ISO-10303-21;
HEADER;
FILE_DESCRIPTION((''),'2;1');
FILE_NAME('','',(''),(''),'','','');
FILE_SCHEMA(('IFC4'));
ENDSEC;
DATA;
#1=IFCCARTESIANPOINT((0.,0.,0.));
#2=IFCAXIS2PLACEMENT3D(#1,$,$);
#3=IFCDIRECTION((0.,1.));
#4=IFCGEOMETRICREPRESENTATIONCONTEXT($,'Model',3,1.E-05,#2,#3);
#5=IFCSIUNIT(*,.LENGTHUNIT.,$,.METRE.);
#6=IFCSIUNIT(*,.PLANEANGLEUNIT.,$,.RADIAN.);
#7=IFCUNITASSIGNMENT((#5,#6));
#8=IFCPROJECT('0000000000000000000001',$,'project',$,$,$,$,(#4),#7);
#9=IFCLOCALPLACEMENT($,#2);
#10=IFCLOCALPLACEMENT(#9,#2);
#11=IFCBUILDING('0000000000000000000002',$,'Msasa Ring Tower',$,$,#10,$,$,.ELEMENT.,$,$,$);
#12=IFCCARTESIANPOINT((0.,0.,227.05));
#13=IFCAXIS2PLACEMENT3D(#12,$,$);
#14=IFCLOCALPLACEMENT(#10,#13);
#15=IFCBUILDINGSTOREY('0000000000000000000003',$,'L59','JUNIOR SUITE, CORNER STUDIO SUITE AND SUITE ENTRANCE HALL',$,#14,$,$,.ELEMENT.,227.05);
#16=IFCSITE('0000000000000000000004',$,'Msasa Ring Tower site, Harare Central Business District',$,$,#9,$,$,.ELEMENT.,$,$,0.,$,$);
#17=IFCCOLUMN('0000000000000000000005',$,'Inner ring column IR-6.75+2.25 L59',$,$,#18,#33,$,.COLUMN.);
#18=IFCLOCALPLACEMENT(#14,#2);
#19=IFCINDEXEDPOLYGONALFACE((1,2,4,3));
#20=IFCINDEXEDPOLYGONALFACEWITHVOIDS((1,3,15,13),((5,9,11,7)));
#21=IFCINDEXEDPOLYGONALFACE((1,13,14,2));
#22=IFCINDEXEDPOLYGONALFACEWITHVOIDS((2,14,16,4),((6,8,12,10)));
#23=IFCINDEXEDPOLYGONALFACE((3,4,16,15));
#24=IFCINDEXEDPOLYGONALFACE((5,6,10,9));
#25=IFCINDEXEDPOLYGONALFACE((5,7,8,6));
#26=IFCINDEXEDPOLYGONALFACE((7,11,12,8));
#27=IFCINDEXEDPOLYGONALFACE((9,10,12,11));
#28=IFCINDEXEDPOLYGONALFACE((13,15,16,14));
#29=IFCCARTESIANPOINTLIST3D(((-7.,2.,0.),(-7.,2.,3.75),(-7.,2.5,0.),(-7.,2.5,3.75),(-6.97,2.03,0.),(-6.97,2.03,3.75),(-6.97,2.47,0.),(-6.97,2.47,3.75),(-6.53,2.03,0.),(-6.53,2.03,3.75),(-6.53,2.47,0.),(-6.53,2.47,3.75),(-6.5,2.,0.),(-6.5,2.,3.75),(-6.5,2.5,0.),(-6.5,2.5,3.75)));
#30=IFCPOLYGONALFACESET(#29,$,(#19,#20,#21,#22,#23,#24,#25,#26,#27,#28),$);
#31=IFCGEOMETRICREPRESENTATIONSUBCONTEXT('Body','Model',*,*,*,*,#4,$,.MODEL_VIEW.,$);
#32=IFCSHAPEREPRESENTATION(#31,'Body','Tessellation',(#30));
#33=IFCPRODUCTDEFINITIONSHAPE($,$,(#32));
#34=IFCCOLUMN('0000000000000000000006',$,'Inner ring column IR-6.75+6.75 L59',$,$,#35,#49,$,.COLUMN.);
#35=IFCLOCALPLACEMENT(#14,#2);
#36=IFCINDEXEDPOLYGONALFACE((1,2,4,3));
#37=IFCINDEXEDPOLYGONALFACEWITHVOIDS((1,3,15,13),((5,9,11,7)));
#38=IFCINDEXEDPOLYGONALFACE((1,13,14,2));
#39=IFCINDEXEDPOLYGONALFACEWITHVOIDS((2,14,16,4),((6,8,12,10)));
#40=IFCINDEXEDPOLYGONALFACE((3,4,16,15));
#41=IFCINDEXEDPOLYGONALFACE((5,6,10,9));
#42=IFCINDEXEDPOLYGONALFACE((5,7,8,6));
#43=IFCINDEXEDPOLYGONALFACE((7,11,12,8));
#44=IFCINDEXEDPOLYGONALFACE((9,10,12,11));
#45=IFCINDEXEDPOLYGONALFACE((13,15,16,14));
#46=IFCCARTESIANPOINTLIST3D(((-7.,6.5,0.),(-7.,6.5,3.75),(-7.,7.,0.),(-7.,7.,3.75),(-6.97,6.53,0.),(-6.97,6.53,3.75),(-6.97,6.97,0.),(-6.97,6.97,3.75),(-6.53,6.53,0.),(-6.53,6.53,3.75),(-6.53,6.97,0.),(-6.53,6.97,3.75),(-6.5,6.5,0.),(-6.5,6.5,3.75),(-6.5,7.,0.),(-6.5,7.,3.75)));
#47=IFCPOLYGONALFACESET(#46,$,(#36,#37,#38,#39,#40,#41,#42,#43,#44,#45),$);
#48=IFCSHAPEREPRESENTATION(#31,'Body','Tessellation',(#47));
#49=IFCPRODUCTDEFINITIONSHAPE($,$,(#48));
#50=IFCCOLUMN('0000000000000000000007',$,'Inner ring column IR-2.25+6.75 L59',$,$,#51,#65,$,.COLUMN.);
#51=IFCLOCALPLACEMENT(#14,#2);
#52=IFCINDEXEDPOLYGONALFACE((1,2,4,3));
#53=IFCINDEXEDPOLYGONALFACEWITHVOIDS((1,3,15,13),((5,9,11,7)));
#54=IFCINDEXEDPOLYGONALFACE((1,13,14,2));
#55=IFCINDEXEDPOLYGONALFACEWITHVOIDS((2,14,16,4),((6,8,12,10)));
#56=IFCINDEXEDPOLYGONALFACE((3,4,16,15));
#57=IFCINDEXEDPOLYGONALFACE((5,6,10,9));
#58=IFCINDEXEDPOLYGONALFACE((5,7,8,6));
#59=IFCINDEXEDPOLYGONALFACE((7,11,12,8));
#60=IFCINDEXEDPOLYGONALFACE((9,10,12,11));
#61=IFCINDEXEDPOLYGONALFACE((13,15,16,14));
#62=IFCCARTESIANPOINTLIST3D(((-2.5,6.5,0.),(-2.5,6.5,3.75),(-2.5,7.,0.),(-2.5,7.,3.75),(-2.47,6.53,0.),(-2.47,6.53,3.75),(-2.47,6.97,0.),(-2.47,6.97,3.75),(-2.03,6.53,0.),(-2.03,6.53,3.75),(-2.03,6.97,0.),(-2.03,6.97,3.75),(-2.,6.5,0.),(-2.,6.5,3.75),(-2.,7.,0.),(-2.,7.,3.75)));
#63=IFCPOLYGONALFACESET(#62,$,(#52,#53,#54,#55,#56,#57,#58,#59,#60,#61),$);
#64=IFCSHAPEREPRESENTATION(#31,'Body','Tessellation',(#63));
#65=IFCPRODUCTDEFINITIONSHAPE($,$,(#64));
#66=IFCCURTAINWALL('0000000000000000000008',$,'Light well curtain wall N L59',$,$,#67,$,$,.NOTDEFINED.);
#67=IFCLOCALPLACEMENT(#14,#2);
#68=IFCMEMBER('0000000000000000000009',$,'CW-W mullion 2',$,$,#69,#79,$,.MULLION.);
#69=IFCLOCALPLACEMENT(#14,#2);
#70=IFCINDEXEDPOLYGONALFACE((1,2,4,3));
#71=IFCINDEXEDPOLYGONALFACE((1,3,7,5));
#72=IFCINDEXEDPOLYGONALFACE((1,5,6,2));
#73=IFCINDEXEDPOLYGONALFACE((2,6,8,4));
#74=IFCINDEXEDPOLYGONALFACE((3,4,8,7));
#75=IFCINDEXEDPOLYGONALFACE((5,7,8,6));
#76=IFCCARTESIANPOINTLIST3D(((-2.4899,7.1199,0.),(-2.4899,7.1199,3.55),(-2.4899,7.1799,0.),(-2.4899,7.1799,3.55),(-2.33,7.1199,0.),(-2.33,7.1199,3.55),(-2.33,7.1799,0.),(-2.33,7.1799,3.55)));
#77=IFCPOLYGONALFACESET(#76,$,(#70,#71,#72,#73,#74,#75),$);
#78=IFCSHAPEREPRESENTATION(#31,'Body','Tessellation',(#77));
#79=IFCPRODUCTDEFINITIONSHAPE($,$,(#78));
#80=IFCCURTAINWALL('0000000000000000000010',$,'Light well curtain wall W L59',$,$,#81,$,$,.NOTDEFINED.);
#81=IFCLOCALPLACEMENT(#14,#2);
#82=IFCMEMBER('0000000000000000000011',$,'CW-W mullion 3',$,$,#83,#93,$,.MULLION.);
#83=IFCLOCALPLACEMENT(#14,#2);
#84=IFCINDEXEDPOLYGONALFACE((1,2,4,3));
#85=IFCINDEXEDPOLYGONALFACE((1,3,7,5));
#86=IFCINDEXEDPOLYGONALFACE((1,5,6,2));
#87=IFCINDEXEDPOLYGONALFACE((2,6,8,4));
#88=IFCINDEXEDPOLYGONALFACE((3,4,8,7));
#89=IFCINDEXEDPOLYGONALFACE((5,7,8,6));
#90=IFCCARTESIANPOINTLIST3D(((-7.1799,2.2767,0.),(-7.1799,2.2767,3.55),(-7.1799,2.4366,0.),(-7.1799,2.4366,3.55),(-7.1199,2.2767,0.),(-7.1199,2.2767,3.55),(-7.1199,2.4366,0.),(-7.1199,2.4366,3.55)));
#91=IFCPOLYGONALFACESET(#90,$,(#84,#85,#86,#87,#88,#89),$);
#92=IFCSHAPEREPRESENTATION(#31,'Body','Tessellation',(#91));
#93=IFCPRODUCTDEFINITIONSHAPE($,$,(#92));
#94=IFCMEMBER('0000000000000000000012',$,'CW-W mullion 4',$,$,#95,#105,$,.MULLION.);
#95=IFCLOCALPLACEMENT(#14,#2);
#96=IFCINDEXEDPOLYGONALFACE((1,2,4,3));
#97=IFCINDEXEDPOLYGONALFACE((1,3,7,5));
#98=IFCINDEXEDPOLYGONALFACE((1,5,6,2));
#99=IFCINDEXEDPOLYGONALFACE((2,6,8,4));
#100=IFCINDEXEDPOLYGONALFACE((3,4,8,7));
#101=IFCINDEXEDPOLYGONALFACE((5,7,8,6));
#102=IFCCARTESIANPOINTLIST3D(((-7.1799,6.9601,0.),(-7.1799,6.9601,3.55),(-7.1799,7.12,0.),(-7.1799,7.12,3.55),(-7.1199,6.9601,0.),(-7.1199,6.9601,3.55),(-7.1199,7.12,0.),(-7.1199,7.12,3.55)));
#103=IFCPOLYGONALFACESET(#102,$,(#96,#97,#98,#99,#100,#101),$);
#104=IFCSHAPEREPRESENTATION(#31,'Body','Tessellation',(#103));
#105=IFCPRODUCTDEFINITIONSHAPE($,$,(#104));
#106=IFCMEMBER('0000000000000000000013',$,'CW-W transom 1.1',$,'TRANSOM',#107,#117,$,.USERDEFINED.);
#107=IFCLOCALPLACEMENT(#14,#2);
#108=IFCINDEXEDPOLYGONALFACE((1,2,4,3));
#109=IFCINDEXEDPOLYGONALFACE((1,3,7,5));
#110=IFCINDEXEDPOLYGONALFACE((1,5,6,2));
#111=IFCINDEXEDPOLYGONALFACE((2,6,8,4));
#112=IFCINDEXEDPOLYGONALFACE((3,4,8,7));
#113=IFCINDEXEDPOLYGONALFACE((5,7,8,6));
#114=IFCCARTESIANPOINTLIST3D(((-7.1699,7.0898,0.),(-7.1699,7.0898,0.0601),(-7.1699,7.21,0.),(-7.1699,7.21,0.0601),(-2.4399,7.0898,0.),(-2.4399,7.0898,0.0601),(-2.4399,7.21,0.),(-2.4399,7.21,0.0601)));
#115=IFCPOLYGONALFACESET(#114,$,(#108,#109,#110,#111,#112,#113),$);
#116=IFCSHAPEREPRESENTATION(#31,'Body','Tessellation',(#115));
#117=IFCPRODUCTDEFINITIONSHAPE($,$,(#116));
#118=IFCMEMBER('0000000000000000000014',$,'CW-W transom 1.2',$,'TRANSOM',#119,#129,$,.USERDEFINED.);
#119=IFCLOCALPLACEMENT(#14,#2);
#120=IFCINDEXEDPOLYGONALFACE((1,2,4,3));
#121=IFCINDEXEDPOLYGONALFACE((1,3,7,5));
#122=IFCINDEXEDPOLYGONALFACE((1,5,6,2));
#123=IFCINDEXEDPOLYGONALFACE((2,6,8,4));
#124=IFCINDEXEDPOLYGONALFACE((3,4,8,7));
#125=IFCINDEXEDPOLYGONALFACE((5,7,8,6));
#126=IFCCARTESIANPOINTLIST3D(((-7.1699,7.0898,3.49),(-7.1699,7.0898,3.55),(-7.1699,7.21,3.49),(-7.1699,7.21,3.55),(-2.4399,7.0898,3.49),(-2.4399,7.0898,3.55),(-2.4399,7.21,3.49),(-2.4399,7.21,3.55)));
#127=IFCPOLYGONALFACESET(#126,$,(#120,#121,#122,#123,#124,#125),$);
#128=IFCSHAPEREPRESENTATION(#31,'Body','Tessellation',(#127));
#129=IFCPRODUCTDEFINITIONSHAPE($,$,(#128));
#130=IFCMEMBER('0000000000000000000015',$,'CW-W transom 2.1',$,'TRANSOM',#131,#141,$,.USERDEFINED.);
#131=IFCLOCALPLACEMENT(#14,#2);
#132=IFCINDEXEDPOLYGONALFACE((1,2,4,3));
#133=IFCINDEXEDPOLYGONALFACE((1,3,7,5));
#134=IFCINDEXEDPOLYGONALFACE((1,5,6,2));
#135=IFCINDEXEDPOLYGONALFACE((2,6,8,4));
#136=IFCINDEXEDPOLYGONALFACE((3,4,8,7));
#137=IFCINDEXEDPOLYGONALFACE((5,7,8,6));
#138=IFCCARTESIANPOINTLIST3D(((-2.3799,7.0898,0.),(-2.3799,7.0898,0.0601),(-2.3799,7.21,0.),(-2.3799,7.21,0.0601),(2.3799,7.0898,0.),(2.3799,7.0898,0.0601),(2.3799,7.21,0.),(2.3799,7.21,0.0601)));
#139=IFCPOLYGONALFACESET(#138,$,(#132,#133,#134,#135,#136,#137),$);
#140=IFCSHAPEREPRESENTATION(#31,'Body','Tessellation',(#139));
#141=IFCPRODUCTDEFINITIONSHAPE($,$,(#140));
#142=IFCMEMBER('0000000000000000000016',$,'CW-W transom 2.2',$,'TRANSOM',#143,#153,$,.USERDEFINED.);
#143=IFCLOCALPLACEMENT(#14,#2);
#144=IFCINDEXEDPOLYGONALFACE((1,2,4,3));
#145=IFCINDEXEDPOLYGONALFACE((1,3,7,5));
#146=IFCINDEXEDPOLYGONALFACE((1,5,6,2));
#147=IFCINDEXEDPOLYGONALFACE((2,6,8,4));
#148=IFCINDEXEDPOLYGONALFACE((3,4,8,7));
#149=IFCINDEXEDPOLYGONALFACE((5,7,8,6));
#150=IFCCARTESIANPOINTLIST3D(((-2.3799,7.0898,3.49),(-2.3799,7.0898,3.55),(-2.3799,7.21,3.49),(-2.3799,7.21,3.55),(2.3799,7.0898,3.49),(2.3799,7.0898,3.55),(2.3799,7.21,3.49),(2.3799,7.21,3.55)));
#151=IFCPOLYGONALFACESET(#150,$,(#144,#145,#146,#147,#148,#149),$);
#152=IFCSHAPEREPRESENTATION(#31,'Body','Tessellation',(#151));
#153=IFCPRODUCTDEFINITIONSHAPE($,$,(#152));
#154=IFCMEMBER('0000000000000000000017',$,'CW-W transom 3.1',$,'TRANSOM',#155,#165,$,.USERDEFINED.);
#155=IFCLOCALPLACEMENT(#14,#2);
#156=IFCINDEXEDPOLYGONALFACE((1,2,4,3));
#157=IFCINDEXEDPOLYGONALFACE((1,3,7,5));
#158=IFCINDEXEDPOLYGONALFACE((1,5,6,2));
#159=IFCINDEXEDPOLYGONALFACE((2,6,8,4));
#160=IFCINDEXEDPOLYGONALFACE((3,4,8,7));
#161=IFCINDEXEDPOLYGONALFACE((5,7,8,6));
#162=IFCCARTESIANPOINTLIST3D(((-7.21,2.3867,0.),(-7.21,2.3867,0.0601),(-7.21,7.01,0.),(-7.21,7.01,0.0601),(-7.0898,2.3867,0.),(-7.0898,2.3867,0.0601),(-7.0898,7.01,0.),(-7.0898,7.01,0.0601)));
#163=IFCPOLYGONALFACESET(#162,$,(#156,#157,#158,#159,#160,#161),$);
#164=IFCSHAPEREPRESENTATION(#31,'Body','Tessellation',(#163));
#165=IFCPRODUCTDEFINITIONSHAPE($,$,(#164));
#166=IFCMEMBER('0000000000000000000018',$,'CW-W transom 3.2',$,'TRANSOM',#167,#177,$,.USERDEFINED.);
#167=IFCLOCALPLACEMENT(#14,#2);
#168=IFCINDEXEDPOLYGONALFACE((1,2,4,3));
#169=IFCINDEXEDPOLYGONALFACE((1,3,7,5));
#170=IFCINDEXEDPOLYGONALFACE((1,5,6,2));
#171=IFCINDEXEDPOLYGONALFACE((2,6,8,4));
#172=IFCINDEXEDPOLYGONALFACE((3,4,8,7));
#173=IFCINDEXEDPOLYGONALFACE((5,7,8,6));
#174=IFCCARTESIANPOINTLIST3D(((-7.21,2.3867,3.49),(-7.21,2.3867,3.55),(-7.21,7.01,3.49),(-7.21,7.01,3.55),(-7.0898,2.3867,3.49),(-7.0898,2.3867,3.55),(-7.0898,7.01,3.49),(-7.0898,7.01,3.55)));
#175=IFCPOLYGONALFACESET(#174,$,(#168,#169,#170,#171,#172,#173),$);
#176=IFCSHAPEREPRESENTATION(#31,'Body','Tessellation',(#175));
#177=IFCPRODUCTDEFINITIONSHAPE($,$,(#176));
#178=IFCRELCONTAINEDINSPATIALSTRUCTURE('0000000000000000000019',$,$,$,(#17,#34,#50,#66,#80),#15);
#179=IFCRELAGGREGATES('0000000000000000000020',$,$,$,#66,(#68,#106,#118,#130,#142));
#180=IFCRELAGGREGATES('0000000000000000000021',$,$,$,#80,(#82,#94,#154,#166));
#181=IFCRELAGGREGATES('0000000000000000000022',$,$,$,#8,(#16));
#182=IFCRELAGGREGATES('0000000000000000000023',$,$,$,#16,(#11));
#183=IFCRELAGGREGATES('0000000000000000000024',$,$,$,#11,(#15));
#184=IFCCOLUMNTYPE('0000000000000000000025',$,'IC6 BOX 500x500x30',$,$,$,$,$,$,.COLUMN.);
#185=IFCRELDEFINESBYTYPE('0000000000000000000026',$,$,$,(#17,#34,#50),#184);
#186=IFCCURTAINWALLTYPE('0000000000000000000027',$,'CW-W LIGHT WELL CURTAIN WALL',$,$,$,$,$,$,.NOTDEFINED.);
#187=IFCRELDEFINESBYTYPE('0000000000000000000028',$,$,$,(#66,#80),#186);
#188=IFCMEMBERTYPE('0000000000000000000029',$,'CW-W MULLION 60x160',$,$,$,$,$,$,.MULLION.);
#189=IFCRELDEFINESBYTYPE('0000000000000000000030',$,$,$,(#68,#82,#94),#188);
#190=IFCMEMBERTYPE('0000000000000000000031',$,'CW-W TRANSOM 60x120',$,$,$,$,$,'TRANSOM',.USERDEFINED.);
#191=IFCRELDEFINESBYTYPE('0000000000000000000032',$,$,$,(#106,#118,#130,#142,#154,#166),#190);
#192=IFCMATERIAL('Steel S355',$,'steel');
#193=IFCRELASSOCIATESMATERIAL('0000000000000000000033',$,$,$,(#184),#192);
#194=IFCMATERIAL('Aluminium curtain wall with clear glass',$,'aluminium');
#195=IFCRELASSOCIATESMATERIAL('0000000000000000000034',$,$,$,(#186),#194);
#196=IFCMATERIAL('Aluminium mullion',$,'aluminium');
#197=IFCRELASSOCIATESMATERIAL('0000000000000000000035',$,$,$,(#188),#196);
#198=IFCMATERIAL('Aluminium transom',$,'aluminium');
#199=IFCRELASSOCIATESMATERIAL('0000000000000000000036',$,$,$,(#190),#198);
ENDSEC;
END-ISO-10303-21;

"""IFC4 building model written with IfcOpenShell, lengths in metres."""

from ifc_helpers import new_model, si_unit, direction, frame, origin, origin_2d, place, context, subcontext, project, spatial, rectangle, hollow_rectangle, extrude, material, material_profile, profile_set, type_object, element, aggregate, save


model = new_model("IFC4")

# Units and contexts
model_context = context("Model", 3, precision=1e-05, world=origin(), true_north=direction((0.0, 1.0)))
body_context = subcontext(model_context, "Body", "Model", "MODEL_VIEW")
ifc_project = project(units=[si_unit("LENGTHUNIT", "METRE"), si_unit("PLANEANGLEUNIT", "RADIAN")], contexts=[model_context])

# Site, building, storey
site_placement = place(None, origin())
site = spatial("IfcSite", under=ifc_project, at=site_placement, Name="Msasa Ring Tower site, Harare Central Business District", CompositionType="ELEMENT", RefElevation=0.0)
building_placement = place(site_placement, origin())
building = spatial("IfcBuilding", under=site, at=building_placement, Name="Msasa Ring Tower", CompositionType="ELEMENT")
storey_placement = place(building_placement, frame((0.0, 0.0, 227.05)))
storey = spatial("IfcBuildingStorey", under=building, at=storey_placement, Name="L59", Description="JUNIOR SUITE, CORNER STUDIO SUITE AND SUITE ENTRANCE HALL", CompositionType="ELEMENT", Elevation=227.05)

# Columns
ifc_material_1 = material(Name="Steel S355", Category="steel")
ifc_material_profile_1 = material_profile(ifc_material_1, hollow_rectangle(XDim=0.5, YDim=0.5, WallThickness=0.03, at=origin_2d()), Name="BOX 500x500x30")
ifc_profile_set_1 = profile_set([ifc_material_profile_1], Name="Steel S355")
column_type = type_object("IfcColumnType", Name="IC6 BOX 500x500x30", PredefinedType="COLUMN", material=ifc_profile_set_1)
for number, where, z_axis, x_axis, name in (
    (1, (-6.75, 2.25, 0.0), (0.0, 0.0, 1.0), (1.0, 0.0, 0.0), "Inner ring column IR-6.75+2.25 L59"),
    (2, (-6.75, 6.75, 0.0), (0.0, 0.0, 1.0), (1.0, 0.0, 0.0), "Inner ring column IR-6.75+6.75 L59"),
    (3, (-2.25, 6.75, 0.0), (0.0, 0.0, 1.0), (1.0, 0.0, 0.0), "Inner ring column IR-2.25+6.75 L59"),
):
    element("IfcColumn", number, at=place(storey_placement, frame(where, z_axis=z_axis, x_axis=x_axis)), inside=storey, type_object=column_type, Name=name, PredefinedType="COLUMN", context=body_context, shape_type="SweptSolid", body=[
        extrude(hollow_rectangle(XDim=0.5, YDim=0.5, WallThickness=0.03, at=origin_2d()), origin(), (0.0, 0.0, 1.0), 3.75),
    ])

# Curtain wall, member
ifc_material_2 = material(Name="Aluminium curtain wall with clear glass", Category="aluminium")
curtain_wall_type = type_object("IfcCurtainWallType", Name="CW-W LIGHT WELL CURTAIN WALL", PredefinedType="NOTDEFINED", material=ifc_material_2)
curtain_wall_1_placement = place(storey_placement, origin())
curtain_wall_1 = element("IfcCurtainWall", 4, at=curtain_wall_1_placement, inside=storey, type_object=curtain_wall_type, Name="Light well curtain wall N L59", PredefinedType="NOTDEFINED")
ifc_material_3 = material(Name="Aluminium mullion", Category="aluminium")
ifc_material_profile_2 = material_profile(ifc_material_3, rectangle(XDim=0.0601, YDim=0.1599, at=origin_2d()), Name="AL 60x160")
ifc_profile_set_2 = profile_set([ifc_material_profile_2], Name="Aluminium mullion")
member_type_1 = type_object("IfcMemberType", Name="CW-W MULLION 60x160", PredefinedType="MULLION", material=ifc_profile_set_2)
member_1_placement = place(storey_placement, frame((-2.4099, 7.1499, 0.0), z_axis=(0.0, 0.0, 1.0), x_axis=(0.0, 1.0, 0.0)))
member_1 = element("IfcMember", 5, at=member_1_placement, type_object=member_type_1, Name="CW-W mullion 2", PredefinedType="MULLION", context=body_context, shape_type="SweptSolid", body=[
    extrude(rectangle(XDim=0.0601, YDim=0.1599, at=origin_2d()), origin(), (0.0, 0.0, 1.0), 3.55),
])

# Curtain wall, members
curtain_wall_2_placement = place(storey_placement, origin())
curtain_wall_2 = element("IfcCurtainWall", 6, at=curtain_wall_2_placement, inside=storey, type_object=curtain_wall_type, Name="Light well curtain wall W L59", PredefinedType="NOTDEFINED")
member_2_placement = place(storey_placement, frame((-7.1499, 2.3567, 0.0), z_axis=(0.0, 0.0, 1.0), x_axis=(-1.0, 0.0, 0.0)))
member_2 = element("IfcMember", 7, at=member_2_placement, type_object=member_type_1, Name="CW-W mullion 3", PredefinedType="MULLION", context=body_context, shape_type="SweptSolid", body=[
    extrude(rectangle(XDim=0.0601, YDim=0.1599, at=origin_2d()), origin(), (0.0, 0.0, 1.0), 3.55),
])
member_3_placement = place(storey_placement, frame((-7.1499, 7.04, 0.0), z_axis=(0.0, 0.0, 1.0), x_axis=(-1.0, 0.0, 0.0)))
member_3 = element("IfcMember", 8, at=member_3_placement, type_object=member_type_1, Name="CW-W mullion 4", PredefinedType="MULLION", context=body_context, shape_type="SweptSolid", body=[
    extrude(rectangle(XDim=0.0601, YDim=0.1599, at=origin_2d()), origin(), (0.0, 0.0, 1.0), 3.55),
])

# Members
ifc_material_4 = material(Name="Aluminium transom", Category="aluminium")
ifc_material_profile_3 = material_profile(ifc_material_4, rectangle(XDim=0.1201, YDim=0.0601, at=origin_2d()), Name="AL 60x120")
ifc_profile_set_3 = profile_set([ifc_material_profile_3], Name="Aluminium transom")
member_type_2 = type_object("IfcMemberType", Name="CW-W TRANSOM 60x120", ElementType="TRANSOM", PredefinedType="USERDEFINED", material=ifc_profile_set_3)
member_4_placement = place(storey_placement, frame((-7.1699, 7.1499, 0.03), z_axis=(1.0, 0.0, 0.0), x_axis=(0.0, 1.0, 0.0)))
member_4 = element("IfcMember", 9, at=member_4_placement, type_object=member_type_2, Name="CW-W transom 1.1", ObjectType="TRANSOM", PredefinedType="USERDEFINED", context=body_context, shape_type="SweptSolid", body=[
    extrude(rectangle(XDim=0.1201, YDim=0.0601, at=origin_2d()), origin(), (0.0, 0.0, 1.0), 4.73),
])
member_5_placement = place(storey_placement, frame((-7.1699, 7.1499, 3.52), z_axis=(1.0, 0.0, 0.0), x_axis=(0.0, 1.0, 0.0)))
member_5 = element("IfcMember", 10, at=member_5_placement, type_object=member_type_2, Name="CW-W transom 1.2", ObjectType="TRANSOM", PredefinedType="USERDEFINED", context=body_context, shape_type="SweptSolid", body=[
    extrude(rectangle(XDim=0.1201, YDim=0.0601, at=origin_2d()), origin(), (0.0, 0.0, 1.0), 4.73),
])
member_6_placement = place(storey_placement, frame((-2.3799, 7.1499, 0.03), z_axis=(1.0, 0.0, 0.0), x_axis=(0.0, 1.0, 0.0)))
member_6 = element("IfcMember", 11, at=member_6_placement, type_object=member_type_2, Name="CW-W transom 2.1", ObjectType="TRANSOM", PredefinedType="USERDEFINED", context=body_context, shape_type="SweptSolid", body=[
    extrude(rectangle(XDim=0.1201, YDim=0.0601, at=origin_2d()), origin(), (0.0, 0.0, 1.0), 4.7598),
])
member_7_placement = place(storey_placement, frame((-2.3799, 7.1499, 3.52), z_axis=(1.0, 0.0, 0.0), x_axis=(0.0, 1.0, 0.0)))
member_7 = element("IfcMember", 12, at=member_7_placement, type_object=member_type_2, Name="CW-W transom 2.2", ObjectType="TRANSOM", PredefinedType="USERDEFINED", context=body_context, shape_type="SweptSolid", body=[
    extrude(rectangle(XDim=0.1201, YDim=0.0601, at=origin_2d()), origin(), (0.0, 0.0, 1.0), 4.7598),
])
member_8_placement = place(storey_placement, frame((-7.1499, 2.3867, 0.03), z_axis=(0.0, 1.0, 0.0), x_axis=(-1.0, 0.0, 0.0)))
member_8 = element("IfcMember", 13, at=member_8_placement, type_object=member_type_2, Name="CW-W transom 3.1", ObjectType="TRANSOM", PredefinedType="USERDEFINED", context=body_context, shape_type="SweptSolid", body=[
    extrude(rectangle(XDim=0.1201, YDim=0.0601, at=origin_2d()), origin(), (0.0, 0.0, 1.0), 4.6233),
])
member_9_placement = place(storey_placement, frame((-7.1499, 2.3867, 3.52), z_axis=(0.0, 1.0, 0.0), x_axis=(-1.0, 0.0, 0.0)))
member_9 = element("IfcMember", 14, at=member_9_placement, type_object=member_type_2, Name="CW-W transom 3.2", ObjectType="TRANSOM", PredefinedType="USERDEFINED", context=body_context, shape_type="SweptSolid", body=[
    extrude(rectangle(XDim=0.1201, YDim=0.0601, at=origin_2d()), origin(), (0.0, 0.0, 1.0), 4.6233),
])

aggregate(curtain_wall_1, [member_1, member_4, member_5, member_6, member_7])
aggregate(curtain_wall_2, [member_2, member_3, member_8, member_9])

save(model, "model.ifc")
